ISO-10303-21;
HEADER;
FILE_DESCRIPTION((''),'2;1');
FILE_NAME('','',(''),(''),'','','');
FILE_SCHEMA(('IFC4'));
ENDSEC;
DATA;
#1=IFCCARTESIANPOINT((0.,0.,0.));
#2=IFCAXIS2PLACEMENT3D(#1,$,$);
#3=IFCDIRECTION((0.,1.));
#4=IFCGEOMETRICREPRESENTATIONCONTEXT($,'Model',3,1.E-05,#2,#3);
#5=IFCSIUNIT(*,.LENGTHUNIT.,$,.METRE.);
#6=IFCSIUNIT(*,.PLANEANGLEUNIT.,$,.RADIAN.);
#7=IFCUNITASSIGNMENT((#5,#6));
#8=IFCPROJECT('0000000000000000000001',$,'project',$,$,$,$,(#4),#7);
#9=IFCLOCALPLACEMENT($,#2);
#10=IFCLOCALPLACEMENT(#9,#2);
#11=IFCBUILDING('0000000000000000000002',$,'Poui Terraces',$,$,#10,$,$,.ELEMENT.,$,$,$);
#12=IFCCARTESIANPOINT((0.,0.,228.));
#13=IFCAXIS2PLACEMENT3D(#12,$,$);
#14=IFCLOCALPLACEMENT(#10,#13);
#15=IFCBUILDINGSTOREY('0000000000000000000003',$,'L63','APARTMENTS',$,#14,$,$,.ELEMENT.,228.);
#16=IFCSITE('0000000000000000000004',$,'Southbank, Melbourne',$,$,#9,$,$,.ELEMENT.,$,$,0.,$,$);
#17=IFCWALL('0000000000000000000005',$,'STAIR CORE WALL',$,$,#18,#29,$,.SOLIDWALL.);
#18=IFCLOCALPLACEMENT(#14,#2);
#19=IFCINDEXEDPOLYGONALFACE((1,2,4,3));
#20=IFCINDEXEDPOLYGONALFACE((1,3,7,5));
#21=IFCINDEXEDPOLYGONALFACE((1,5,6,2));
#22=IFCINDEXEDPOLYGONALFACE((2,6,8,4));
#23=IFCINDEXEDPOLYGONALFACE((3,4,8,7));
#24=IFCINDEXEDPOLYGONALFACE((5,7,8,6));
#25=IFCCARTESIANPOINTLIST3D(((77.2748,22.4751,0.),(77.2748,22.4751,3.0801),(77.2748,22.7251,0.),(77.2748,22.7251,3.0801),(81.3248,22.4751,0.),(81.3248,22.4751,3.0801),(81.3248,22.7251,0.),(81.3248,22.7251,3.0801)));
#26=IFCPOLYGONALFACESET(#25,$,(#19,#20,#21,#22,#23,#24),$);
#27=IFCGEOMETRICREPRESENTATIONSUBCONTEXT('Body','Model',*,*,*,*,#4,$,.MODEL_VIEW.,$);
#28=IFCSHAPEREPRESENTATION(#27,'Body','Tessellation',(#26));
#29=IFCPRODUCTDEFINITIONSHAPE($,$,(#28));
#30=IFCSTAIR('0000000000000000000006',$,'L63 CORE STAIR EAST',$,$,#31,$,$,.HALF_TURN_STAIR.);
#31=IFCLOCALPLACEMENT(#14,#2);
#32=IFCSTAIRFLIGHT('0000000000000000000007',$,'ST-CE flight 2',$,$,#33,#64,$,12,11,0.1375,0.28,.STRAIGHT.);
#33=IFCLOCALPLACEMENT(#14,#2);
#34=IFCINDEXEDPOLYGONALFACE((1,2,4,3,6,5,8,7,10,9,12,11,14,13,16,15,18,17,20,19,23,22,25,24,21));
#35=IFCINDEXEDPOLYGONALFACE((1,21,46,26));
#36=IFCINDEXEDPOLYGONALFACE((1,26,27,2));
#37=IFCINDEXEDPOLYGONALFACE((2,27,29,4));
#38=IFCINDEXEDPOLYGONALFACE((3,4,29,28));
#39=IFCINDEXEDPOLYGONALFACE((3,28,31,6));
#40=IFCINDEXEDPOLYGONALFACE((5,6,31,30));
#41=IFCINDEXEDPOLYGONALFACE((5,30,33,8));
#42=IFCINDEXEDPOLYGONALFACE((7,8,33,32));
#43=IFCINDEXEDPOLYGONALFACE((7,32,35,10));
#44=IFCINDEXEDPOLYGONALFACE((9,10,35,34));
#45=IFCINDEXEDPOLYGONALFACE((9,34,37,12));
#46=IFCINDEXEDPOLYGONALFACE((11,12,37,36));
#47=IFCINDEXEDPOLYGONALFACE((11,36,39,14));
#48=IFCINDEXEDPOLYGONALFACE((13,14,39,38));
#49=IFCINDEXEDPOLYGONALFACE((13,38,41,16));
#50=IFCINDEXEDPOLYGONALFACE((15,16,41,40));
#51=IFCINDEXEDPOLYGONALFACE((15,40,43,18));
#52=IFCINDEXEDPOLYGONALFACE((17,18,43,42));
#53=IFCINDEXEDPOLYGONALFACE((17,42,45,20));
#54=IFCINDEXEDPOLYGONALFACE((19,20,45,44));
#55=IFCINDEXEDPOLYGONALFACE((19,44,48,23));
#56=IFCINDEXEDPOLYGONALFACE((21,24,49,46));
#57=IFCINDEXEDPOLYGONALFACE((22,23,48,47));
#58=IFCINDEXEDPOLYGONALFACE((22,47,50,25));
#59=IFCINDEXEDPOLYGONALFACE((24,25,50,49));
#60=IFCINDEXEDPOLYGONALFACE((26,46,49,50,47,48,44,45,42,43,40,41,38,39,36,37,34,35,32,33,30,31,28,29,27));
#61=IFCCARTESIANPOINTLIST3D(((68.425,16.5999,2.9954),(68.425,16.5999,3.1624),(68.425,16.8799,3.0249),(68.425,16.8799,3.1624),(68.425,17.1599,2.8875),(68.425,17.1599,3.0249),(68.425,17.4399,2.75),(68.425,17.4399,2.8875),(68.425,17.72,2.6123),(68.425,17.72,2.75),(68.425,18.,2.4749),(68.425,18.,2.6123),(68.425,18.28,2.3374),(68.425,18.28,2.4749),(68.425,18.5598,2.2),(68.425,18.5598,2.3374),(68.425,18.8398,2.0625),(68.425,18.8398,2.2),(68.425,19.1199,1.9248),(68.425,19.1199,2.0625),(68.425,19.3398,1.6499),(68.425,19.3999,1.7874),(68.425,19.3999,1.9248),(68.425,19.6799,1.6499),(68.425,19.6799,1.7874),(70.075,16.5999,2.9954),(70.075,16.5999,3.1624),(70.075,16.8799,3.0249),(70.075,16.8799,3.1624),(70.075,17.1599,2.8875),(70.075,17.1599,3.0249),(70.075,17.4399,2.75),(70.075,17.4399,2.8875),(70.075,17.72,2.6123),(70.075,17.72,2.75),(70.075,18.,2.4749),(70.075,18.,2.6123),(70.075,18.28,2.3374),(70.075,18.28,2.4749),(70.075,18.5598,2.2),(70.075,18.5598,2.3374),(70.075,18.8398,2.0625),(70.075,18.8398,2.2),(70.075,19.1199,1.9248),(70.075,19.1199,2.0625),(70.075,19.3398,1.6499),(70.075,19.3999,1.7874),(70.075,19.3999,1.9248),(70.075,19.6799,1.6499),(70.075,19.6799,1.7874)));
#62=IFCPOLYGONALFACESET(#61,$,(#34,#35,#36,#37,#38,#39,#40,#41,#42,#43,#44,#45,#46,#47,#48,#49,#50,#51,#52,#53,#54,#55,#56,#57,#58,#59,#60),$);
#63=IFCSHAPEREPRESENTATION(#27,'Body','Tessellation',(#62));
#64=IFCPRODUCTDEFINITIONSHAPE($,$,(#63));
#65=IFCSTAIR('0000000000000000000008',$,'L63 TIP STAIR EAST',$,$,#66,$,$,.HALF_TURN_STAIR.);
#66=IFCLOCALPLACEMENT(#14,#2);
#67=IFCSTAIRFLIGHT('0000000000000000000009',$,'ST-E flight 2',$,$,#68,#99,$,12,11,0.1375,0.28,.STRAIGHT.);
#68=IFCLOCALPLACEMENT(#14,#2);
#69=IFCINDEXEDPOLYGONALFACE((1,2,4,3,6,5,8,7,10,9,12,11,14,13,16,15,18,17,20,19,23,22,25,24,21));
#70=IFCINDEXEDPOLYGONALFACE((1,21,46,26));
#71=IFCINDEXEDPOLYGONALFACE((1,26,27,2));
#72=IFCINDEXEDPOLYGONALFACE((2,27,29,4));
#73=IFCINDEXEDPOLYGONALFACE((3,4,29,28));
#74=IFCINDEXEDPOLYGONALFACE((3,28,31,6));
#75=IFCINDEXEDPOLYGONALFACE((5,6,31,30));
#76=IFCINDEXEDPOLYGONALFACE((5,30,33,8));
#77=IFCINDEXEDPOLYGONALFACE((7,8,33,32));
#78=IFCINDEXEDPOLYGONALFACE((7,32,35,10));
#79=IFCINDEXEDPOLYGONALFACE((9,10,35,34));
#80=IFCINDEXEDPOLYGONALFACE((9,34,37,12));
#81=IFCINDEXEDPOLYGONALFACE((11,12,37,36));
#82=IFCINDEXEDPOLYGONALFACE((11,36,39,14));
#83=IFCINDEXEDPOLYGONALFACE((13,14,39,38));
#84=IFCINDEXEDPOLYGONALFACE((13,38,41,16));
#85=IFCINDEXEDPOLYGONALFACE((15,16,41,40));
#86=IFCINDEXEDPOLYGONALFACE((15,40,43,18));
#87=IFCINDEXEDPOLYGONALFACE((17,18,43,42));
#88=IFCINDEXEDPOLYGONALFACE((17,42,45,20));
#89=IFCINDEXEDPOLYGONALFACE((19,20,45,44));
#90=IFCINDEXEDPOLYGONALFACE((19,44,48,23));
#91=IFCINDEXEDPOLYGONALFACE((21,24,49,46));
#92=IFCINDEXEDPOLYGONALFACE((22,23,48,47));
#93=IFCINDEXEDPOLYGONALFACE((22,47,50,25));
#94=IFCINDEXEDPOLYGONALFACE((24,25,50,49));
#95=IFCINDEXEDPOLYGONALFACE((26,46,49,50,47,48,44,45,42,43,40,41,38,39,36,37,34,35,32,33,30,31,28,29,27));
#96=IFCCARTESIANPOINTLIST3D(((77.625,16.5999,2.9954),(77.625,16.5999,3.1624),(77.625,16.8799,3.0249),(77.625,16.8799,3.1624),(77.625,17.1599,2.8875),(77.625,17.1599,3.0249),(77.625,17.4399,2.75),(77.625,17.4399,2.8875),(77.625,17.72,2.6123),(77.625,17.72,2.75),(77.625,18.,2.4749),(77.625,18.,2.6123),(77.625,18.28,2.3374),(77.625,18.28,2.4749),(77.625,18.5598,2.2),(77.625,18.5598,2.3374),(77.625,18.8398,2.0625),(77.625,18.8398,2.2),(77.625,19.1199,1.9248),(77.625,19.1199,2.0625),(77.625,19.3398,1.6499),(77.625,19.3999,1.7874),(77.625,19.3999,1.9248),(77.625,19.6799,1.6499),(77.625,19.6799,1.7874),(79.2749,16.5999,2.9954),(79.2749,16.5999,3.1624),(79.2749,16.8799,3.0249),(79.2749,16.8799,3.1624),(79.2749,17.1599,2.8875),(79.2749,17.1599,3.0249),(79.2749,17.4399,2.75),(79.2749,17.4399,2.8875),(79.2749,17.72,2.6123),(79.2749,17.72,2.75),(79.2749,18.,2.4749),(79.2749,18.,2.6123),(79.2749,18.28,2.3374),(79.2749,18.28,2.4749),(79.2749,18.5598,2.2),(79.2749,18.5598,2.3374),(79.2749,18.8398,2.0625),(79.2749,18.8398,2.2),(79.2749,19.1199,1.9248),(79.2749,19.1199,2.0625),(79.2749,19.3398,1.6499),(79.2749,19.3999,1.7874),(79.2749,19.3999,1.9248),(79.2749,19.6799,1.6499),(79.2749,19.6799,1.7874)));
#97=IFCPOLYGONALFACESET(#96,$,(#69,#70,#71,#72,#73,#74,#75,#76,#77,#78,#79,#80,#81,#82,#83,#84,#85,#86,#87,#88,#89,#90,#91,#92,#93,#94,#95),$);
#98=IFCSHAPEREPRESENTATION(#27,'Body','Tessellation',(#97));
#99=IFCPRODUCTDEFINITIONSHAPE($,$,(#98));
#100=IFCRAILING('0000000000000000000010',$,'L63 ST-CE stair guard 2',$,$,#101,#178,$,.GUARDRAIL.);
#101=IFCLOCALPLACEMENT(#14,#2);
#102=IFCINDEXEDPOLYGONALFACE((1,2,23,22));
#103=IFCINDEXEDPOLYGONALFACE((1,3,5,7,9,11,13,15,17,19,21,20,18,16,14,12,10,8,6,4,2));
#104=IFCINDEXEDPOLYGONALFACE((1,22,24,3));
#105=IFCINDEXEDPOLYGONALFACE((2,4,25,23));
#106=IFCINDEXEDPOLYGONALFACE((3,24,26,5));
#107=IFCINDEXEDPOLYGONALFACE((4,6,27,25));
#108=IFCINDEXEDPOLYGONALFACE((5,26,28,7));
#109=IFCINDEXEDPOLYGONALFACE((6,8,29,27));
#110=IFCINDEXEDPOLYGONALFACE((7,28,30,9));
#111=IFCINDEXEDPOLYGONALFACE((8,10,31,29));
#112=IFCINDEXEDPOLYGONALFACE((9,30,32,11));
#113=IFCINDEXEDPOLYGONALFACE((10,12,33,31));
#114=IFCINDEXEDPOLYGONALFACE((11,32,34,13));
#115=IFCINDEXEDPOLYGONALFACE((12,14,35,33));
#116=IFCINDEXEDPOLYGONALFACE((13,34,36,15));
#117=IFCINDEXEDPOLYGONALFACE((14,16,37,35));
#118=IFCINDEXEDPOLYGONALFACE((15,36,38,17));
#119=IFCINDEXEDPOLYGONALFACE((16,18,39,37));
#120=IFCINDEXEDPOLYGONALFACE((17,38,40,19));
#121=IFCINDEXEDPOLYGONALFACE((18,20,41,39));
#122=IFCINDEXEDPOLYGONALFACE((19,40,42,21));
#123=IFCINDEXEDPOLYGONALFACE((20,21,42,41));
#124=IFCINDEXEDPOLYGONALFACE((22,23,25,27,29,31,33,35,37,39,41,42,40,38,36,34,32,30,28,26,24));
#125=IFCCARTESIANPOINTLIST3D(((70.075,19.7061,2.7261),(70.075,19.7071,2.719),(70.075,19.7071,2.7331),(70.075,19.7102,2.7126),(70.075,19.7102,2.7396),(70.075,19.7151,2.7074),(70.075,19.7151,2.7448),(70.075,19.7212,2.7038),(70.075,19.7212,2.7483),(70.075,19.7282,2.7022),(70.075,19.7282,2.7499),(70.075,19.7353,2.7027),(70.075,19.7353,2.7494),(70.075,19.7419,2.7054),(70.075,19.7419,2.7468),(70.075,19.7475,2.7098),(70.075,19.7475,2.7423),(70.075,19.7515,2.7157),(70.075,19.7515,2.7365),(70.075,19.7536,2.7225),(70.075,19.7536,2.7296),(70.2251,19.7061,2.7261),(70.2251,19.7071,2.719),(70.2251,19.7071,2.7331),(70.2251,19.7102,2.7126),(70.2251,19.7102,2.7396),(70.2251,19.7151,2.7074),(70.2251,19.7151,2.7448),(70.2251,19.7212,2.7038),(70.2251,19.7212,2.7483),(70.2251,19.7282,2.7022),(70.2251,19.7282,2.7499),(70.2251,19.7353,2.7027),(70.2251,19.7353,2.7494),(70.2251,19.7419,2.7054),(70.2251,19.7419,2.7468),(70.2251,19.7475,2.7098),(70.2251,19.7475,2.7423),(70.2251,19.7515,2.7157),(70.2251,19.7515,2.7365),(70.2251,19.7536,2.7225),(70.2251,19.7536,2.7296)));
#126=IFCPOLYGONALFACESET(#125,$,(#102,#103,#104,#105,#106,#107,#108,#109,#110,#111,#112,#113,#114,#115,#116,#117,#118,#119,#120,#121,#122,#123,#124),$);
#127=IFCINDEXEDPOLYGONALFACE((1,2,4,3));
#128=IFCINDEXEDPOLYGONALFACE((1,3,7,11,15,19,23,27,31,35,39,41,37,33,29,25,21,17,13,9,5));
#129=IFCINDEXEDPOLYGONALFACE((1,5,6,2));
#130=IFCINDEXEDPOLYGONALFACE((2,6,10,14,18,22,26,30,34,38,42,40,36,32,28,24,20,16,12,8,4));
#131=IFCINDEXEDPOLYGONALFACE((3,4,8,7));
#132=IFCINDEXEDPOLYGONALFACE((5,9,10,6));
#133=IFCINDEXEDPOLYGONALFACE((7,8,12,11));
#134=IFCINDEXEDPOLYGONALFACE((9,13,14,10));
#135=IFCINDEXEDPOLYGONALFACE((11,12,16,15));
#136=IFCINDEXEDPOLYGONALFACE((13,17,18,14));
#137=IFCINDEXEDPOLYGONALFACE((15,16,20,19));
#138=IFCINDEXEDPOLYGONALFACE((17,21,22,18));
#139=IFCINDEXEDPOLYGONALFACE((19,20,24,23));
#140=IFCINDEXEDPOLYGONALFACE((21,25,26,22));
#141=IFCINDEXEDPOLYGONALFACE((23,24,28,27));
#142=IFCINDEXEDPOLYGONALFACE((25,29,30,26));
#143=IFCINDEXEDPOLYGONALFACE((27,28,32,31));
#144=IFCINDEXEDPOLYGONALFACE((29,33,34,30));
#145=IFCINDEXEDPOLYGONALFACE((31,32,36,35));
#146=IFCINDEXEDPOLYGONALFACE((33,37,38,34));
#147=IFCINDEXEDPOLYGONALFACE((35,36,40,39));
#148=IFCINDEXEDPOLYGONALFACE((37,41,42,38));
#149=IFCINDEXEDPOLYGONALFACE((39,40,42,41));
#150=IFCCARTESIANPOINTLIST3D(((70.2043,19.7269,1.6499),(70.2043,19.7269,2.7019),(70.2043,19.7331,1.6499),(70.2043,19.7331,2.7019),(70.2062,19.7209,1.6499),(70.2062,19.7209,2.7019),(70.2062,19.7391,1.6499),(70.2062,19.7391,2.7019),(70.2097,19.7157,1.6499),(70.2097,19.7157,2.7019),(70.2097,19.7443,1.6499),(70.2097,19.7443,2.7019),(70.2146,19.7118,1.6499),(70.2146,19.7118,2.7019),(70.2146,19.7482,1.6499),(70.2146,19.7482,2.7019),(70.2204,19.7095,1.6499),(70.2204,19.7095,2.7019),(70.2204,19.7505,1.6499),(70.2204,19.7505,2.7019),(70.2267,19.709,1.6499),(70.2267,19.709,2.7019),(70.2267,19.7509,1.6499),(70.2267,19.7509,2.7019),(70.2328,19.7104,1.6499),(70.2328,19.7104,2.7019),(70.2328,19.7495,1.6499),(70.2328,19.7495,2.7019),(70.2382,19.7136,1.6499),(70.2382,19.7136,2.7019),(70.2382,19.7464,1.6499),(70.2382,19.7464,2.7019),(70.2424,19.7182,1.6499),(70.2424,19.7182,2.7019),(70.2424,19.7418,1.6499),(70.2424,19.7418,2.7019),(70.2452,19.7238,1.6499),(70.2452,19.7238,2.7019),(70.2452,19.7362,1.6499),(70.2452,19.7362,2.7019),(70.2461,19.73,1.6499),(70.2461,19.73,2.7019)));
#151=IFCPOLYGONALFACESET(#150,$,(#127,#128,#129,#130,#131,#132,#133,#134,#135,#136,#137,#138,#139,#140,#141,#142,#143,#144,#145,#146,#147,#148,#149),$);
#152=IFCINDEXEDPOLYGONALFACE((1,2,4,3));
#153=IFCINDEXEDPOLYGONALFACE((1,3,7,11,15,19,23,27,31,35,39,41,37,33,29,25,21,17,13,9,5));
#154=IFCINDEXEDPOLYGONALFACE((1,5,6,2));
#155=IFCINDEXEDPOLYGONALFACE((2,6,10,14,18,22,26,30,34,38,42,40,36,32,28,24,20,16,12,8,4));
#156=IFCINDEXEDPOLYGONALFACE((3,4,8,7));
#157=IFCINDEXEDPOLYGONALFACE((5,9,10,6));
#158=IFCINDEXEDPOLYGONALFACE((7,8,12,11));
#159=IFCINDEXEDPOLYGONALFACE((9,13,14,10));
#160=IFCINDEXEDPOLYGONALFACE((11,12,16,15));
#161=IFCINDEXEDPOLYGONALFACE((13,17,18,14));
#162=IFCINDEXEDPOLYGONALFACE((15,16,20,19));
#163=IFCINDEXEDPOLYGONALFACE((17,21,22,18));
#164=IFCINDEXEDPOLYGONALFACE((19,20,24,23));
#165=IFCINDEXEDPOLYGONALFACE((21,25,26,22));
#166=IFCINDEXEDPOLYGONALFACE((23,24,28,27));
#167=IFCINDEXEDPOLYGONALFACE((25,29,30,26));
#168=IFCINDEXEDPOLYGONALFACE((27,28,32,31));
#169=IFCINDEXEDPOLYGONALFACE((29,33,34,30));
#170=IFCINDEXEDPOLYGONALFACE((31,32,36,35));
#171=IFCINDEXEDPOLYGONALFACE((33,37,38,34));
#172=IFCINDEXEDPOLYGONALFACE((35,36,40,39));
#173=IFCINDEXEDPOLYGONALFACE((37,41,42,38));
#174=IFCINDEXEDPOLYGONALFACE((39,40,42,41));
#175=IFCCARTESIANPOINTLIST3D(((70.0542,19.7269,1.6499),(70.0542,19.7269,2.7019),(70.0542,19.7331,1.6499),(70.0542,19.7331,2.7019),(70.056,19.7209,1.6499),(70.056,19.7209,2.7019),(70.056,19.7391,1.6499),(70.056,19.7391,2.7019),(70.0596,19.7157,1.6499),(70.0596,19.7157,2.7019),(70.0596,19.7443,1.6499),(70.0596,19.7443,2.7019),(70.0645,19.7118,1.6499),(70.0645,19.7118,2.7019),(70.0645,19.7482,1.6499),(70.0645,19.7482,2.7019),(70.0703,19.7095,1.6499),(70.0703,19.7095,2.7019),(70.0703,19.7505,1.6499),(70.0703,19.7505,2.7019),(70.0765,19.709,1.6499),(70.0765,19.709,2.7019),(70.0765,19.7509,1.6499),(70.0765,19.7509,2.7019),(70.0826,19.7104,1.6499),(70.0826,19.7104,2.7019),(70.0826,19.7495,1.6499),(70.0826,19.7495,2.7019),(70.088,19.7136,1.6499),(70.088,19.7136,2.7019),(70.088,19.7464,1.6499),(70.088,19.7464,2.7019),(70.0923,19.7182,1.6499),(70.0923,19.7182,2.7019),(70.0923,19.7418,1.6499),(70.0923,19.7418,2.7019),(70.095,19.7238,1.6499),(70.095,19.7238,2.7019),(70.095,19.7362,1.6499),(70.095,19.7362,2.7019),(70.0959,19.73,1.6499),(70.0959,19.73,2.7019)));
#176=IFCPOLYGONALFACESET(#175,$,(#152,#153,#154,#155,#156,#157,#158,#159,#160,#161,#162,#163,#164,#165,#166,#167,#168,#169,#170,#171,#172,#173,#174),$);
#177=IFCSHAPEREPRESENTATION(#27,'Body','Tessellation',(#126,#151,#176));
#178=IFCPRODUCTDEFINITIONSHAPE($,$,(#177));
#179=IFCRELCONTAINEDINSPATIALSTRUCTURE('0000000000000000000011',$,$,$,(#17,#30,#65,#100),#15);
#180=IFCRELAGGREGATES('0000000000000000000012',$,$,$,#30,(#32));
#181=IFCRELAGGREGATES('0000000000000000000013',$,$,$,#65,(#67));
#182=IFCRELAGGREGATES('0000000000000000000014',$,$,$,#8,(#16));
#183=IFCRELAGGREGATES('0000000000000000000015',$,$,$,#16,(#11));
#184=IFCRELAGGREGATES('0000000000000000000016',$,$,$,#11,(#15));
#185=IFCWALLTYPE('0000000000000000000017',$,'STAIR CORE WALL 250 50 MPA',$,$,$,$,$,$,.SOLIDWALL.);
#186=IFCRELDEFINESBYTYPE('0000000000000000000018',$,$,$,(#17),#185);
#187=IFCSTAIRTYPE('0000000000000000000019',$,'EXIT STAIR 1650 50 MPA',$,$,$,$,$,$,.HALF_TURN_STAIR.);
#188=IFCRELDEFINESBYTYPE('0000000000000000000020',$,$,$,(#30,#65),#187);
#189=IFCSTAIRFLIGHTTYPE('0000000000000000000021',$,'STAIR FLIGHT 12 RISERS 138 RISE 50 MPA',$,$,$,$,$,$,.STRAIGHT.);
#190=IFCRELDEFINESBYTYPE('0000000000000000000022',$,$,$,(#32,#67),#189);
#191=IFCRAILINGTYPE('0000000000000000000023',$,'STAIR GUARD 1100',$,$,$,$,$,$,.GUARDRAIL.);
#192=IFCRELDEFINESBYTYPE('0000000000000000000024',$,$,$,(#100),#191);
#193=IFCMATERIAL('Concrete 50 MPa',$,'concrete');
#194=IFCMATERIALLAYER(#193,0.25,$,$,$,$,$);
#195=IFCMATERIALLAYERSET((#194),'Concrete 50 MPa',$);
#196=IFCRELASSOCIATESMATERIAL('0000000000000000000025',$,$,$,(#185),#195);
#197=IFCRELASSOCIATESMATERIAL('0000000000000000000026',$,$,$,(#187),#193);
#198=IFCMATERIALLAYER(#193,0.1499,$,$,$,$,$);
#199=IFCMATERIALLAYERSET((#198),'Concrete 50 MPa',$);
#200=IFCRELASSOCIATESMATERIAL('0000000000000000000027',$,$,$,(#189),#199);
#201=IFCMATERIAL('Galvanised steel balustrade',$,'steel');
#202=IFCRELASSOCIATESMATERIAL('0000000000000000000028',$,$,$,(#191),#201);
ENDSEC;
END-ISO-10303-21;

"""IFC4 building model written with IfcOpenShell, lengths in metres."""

from ifc_helpers import new_model, si_unit, direction, frame, frame_2d, origin, origin_2d, place, context, subcontext, project, spatial, polyline, rectangle, circle, outline, extrude, material, layer, layer_set, type_object, element, aggregate, save


model = new_model("IFC4")

# Units and contexts
model_context = context("Model", 3, precision=1e-05, world=origin(), true_north=direction((0.0, 1.0)))
body_context = subcontext(model_context, "Body", "Model", "MODEL_VIEW")
ifc_project = project(units=[si_unit("LENGTHUNIT", "METRE"), si_unit("PLANEANGLEUNIT", "RADIAN")], contexts=[model_context])

# Site, building, storey
site_placement = place(None, origin())
site = spatial("IfcSite", under=ifc_project, at=site_placement, Name="Southbank, Melbourne", CompositionType="ELEMENT", RefElevation=0.0)
building_placement = place(site_placement, origin())
building = spatial("IfcBuilding", under=site, at=building_placement, Name="Poui Terraces", CompositionType="ELEMENT")
storey_placement = place(building_placement, frame((0.0, 0.0, 228.0)))
storey = spatial("IfcBuildingStorey", under=building, at=storey_placement, Name="L63", Description="APARTMENTS", CompositionType="ELEMENT", Elevation=228.0)

# Shared definitions
ifc_material_1 = material(Name="Concrete 50 MPa", Category="concrete")

# Wall
ifc_layer_1 = layer(ifc_material_1, 0.25)
ifc_layer_set_1 = layer_set([ifc_layer_1], Name="Concrete 50 MPa")
wall_type_1 = type_object("IfcWallType", Name="STAIR CORE WALL 250 50 MPA", PredefinedType="SOLIDWALL", material=ifc_layer_set_1)
for number, where, z_axis, x_axis, name in (
    (1, (77.2749, 22.6001, 0.0), (0.0, 0.0, 1.0), (1.0, 0.0, 0.0), "STAIR CORE WALL"),
):
    element("IfcWall", number, at=place(storey_placement, frame(where, z_axis=z_axis, x_axis=x_axis)), inside=storey, type_object=wall_type_1, Name=name, PredefinedType="SOLIDWALL", context=body_context, shape_type="SweptSolid", body=[
        extrude(rectangle(XDim=4.05, YDim=0.25, at=frame_2d((2.0249, 0.0))), origin(), (0.0, 0.0, 1.0), 3.0801),
    ])

# Stairs, stair flights
stair_type = type_object("IfcStairType", Name="EXIT STAIR 1650 50 MPA", PredefinedType="HALF_TURN_STAIR", material=ifc_material_1)
stair_1_placement = place(storey_placement, origin())
stair_1 = element("IfcStair", 2, at=stair_1_placement, inside=storey, type_object=stair_type, Name="L63 CORE STAIR EAST", PredefinedType="HALF_TURN_STAIR")
ifc_layer_2 = layer(ifc_material_1, 0.1499)
ifc_layer_set_2 = layer_set([ifc_layer_2], Name="Concrete 50 MPa")
stair_flight_type = type_object("IfcStairFlightType", Name="STAIR FLIGHT 12 RISERS 138 RISE 50 MPA", PredefinedType="STRAIGHT", material=ifc_layer_set_2)
stair_flight_1_placement = place(storey_placement, frame((69.25, 19.6799, 1.6499), z_axis=(0.0, 0.0, 1.0), x_axis=(0.0, -1.0, 0.0)))
stair_flight_1 = element("IfcStairFlight", 3, at=stair_flight_1_placement, type_object=stair_flight_type, Name="ST-CE flight 2", NumberOfRisers=12, NumberOfTreads=11, PredefinedType="STRAIGHT", RiserHeight=0.1375, TreadLength=0.28, context=body_context, shape_type="SweptSolid", body=[
    extrude(outline(polyline([(0.0, 0.0), (0.0, 0.1375), (0.28, 0.1375), (0.28, 0.2749), (0.5601, 0.2749), (0.5601, 0.4126), (0.8401, 0.4126), (0.8401, 0.55), (1.1201, 0.55), (1.1201, 0.6875), (1.3999, 0.6875), (1.3999, 0.825), (1.6799, 0.825), (1.6799, 0.9624), (1.96, 0.9624), (1.96, 1.1001), (2.24, 1.1001), (2.24, 1.2375), (2.52, 1.2375), (2.52, 1.375), (2.8, 1.375), (2.8, 1.5125), (3.0801, 1.5125), (3.0801, 1.6499), (3.0801, 1.3455), (0.3401, 0.0), (0.0, 0.0)])), frame((0.0, 0.825, 0.0), z_axis=(0.0, -1.0, 0.0), x_axis=(1.0, 0.0, 0.0)), (0.0, 0.0, 1.0), 1.6499),
])
aggregate(stair_1, [stair_flight_1])
stair_2_placement = place(storey_placement, origin())
stair_2 = element("IfcStair", 4, at=stair_2_placement, inside=storey, type_object=stair_type, Name="L63 TIP STAIR EAST", PredefinedType="HALF_TURN_STAIR")
stair_flight_2_placement = place(storey_placement, frame((78.45, 19.6799, 1.6499), z_axis=(0.0, 0.0, 1.0), x_axis=(0.0, -1.0, 0.0)))
stair_flight_2 = element("IfcStairFlight", 5, at=stair_flight_2_placement, type_object=stair_flight_type, Name="ST-E flight 2", NumberOfRisers=12, NumberOfTreads=11, PredefinedType="STRAIGHT", RiserHeight=0.1375, TreadLength=0.28, context=body_context, shape_type="SweptSolid", body=[
    extrude(outline(polyline([(0.0, 0.0), (0.0, 0.1375), (0.28, 0.1375), (0.28, 0.2749), (0.5601, 0.2749), (0.5601, 0.4126), (0.8401, 0.4126), (0.8401, 0.55), (1.1201, 0.55), (1.1201, 0.6875), (1.3999, 0.6875), (1.3999, 0.825), (1.6799, 0.825), (1.6799, 0.9624), (1.96, 0.9624), (1.96, 1.1001), (2.24, 1.1001), (2.24, 1.2375), (2.52, 1.2375), (2.52, 1.375), (2.8, 1.375), (2.8, 1.5125), (3.0801, 1.5125), (3.0801, 1.6499), (3.0801, 1.3455), (0.3401, 0.0), (0.0, 0.0)])), frame((0.0, 0.825, 0.0), z_axis=(0.0, -1.0, 0.0), x_axis=(1.0, 0.0, 0.0)), (0.0, 0.0, 1.0), 1.6499),
])
aggregate(stair_2, [stair_flight_2])

# Railing
ifc_material_2 = material(Name="Galvanised steel balustrade", Category="steel")
railing_type_1 = type_object("IfcRailingType", Name="STAIR GUARD 1100", PredefinedType="GUARDRAIL", material=ifc_material_2)
railing_1_placement = place(storey_placement, frame((70.2251, 19.73, 1.6499)))
element("IfcRailing", 6, at=railing_1_placement, inside=storey, type_object=railing_type_1, Name="L63 ST-CE stair guard 2", PredefinedType="GUARDRAIL", context=body_context, shape_type="SweptSolid", body=[
    extrude(circle(Radius=0.0239, at=origin_2d()), frame((0.0, 0.0, 1.0762), z_axis=(-1.0, 0.0, 0.0), x_axis=(0.0, -1.0, 0.0)), (0.0, 0.0, 1.0), 0.1501),
    extrude(circle(Radius=0.021, at=origin_2d()), origin(), (0.0, 0.0, 1.0), 1.052),
    extrude(circle(Radius=0.021, at=origin_2d()), frame((-0.1501, 0.0, 0.0)), (0.0, 0.0, 1.0), 1.052),
])

save(model, "model.ifc")
